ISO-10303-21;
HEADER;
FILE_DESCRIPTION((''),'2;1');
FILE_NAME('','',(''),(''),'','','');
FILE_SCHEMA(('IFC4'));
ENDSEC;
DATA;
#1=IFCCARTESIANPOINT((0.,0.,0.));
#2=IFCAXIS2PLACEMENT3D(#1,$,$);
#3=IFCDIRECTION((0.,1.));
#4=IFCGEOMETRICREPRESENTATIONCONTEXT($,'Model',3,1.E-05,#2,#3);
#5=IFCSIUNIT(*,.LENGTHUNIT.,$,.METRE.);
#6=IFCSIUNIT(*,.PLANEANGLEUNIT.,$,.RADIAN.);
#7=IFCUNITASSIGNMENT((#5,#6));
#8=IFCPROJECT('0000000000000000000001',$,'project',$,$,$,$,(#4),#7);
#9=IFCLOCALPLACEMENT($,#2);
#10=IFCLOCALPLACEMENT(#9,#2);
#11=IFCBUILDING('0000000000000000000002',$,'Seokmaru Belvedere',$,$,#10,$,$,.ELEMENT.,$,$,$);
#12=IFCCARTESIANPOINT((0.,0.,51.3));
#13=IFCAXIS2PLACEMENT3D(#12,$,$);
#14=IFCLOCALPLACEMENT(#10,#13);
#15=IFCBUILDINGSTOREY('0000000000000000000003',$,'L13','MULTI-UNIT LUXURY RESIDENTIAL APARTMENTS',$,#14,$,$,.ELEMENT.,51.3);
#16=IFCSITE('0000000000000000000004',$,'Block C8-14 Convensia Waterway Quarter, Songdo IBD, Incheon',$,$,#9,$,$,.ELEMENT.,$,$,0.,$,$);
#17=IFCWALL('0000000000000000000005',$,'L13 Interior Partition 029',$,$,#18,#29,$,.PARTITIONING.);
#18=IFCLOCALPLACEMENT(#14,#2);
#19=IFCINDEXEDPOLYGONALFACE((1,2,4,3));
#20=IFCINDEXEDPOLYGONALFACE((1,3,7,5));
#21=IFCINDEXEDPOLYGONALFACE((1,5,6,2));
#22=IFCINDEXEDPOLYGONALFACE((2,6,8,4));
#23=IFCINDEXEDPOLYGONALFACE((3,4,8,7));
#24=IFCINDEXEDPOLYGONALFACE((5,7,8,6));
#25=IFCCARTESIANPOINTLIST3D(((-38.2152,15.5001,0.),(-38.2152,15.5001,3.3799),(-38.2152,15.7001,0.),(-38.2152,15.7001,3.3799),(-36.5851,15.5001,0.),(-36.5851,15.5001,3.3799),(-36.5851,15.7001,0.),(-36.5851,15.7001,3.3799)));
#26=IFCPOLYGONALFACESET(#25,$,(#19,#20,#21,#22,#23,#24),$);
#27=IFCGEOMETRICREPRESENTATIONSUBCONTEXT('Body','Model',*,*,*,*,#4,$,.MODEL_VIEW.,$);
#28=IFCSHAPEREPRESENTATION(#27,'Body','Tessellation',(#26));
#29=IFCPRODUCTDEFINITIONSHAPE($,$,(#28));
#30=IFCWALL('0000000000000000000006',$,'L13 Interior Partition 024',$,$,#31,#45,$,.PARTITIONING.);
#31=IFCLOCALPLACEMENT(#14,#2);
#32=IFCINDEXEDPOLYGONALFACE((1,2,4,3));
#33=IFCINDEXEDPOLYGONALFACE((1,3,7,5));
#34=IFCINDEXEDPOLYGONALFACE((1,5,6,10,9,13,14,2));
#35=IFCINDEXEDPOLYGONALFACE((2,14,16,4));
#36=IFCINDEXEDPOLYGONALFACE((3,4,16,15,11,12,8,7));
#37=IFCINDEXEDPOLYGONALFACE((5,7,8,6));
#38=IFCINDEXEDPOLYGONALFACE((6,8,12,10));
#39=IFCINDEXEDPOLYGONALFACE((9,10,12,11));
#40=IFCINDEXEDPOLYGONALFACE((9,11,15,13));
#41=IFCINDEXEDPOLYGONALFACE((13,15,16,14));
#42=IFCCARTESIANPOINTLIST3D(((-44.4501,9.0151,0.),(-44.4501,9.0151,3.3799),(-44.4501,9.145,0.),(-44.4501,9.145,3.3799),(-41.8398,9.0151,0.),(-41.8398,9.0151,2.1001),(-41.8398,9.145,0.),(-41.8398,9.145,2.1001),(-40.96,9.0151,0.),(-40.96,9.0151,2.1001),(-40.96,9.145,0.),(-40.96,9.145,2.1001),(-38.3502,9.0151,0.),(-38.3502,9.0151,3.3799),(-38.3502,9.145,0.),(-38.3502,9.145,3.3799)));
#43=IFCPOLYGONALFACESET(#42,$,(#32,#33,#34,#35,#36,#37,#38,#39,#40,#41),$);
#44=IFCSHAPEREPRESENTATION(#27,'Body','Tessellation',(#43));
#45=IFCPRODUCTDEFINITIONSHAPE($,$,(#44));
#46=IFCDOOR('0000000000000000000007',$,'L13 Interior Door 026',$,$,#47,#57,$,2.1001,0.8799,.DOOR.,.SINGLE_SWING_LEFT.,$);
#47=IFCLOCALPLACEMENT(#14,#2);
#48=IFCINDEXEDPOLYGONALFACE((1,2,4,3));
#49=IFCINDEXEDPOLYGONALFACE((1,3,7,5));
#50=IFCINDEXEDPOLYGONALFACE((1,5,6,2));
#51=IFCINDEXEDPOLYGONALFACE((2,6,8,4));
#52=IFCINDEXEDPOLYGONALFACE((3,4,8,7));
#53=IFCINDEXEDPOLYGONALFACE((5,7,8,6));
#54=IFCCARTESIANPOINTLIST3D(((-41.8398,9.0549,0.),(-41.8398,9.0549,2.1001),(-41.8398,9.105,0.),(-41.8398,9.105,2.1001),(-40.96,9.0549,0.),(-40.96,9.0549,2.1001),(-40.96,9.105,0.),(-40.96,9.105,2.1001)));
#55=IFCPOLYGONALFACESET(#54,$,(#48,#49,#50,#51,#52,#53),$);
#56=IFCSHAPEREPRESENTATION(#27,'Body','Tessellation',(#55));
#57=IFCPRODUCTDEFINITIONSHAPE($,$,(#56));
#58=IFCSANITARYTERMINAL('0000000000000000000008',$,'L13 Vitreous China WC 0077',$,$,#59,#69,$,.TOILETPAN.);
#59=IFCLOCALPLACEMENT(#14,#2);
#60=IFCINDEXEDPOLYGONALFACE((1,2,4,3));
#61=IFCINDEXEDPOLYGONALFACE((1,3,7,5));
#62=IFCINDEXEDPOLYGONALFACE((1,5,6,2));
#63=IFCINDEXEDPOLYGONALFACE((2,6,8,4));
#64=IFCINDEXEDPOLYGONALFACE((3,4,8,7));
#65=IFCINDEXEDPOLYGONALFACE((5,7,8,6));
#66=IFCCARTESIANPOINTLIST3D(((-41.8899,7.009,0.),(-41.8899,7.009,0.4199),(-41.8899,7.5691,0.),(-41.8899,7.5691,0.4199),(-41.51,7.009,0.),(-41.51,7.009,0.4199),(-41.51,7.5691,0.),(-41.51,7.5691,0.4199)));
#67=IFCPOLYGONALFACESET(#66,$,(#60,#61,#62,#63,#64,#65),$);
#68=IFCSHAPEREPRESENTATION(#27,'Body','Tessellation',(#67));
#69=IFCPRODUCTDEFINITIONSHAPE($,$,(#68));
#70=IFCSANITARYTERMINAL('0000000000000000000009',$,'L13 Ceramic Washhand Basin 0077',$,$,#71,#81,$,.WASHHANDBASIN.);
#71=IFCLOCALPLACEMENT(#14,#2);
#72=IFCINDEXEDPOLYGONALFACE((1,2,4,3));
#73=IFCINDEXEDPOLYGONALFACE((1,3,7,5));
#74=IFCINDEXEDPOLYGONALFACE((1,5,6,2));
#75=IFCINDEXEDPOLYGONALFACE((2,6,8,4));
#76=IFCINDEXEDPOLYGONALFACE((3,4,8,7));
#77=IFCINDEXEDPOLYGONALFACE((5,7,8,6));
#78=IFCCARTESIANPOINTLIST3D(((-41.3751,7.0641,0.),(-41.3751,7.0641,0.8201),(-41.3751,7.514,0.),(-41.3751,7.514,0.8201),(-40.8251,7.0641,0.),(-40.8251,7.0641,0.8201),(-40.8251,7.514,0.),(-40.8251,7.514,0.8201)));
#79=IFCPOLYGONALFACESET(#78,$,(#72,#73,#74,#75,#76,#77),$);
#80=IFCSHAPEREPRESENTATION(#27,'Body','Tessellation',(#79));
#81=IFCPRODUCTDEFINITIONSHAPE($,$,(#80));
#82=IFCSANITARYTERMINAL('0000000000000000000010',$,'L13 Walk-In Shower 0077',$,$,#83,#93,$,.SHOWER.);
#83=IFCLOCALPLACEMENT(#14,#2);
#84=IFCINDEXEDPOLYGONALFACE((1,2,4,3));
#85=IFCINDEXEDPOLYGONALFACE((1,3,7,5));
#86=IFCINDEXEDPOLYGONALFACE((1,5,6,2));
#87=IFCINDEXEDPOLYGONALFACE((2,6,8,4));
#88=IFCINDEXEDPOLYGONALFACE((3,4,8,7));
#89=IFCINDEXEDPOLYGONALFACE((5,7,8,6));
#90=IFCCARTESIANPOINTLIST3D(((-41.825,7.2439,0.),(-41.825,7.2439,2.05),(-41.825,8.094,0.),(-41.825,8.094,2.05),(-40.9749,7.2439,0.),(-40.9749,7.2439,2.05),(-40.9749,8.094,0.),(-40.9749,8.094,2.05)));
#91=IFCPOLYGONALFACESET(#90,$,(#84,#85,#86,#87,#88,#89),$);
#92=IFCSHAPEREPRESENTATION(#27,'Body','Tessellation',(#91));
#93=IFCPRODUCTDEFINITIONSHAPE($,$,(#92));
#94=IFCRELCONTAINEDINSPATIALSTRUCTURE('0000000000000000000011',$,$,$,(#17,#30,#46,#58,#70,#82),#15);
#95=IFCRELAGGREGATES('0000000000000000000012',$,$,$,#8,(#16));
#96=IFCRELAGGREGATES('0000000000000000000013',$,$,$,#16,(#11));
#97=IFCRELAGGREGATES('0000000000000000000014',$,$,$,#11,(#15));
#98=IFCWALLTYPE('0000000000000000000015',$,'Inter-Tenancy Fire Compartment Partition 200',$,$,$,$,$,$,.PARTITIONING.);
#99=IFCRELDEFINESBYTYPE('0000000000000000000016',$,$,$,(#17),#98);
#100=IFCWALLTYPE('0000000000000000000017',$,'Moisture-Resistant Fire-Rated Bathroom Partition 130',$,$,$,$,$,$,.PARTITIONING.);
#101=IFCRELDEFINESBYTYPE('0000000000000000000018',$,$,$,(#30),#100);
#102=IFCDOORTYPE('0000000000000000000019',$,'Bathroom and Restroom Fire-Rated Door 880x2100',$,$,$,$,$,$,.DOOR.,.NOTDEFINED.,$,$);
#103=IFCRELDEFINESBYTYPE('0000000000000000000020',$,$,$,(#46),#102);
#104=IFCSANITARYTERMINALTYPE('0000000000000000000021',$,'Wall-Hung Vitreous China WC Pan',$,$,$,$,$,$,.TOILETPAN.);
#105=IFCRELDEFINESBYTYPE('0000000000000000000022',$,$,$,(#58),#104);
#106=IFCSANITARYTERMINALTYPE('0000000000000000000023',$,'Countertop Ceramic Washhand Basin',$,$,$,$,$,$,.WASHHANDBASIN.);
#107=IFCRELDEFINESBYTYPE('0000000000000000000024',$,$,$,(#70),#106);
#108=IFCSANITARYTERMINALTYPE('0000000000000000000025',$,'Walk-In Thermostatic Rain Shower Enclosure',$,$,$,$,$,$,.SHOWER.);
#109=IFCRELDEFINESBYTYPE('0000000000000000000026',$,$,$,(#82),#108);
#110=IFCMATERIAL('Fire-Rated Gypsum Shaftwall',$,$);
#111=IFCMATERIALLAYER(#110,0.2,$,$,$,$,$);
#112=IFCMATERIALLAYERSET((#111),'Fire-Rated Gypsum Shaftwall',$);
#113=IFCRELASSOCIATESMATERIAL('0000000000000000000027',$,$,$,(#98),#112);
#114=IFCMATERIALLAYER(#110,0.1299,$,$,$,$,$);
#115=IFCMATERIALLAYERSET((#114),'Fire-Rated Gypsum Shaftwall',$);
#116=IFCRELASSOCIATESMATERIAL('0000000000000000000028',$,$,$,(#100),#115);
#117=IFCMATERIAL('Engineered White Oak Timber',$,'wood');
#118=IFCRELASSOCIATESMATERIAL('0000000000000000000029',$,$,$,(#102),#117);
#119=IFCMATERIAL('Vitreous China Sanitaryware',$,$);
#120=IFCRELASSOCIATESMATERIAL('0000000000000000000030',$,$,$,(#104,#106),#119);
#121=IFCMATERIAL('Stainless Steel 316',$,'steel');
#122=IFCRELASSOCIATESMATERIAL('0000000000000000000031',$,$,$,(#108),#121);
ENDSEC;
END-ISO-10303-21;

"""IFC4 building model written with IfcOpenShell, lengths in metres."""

from ifc_helpers import new_model, si_unit, direction, frame, frame_2d, origin, origin_2d, place, context, subcontext, project, spatial, rectangle, extrude, source, transform, mapped, material, layer, layer_set, type_object, type_shapes, element, fill, save


model = new_model("IFC4")

# Units and contexts
model_context = context("Model", 3, precision=1e-05, world=origin(), true_north=direction((0.0, 1.0)))
body_context = subcontext(model_context, "Body", "Model", "MODEL_VIEW")
ifc_project = project(units=[si_unit("LENGTHUNIT", "METRE"), si_unit("PLANEANGLEUNIT", "RADIAN")], contexts=[model_context])

# Site, building, storey
site_placement = place(None, origin())
site = spatial("IfcSite", under=ifc_project, at=site_placement, Name="Block C8-14 Convensia Waterway Quarter, Songdo IBD, Incheon", CompositionType="ELEMENT", RefElevation=0.0)
building_placement = place(site_placement, origin())
building = spatial("IfcBuilding", under=site, at=building_placement, Name="Seokmaru Belvedere", CompositionType="ELEMENT")
storey_placement = place(building_placement, frame((0.0, 0.0, 51.3)))
storey = spatial("IfcBuildingStorey", under=building, at=storey_placement, Name="L13", Description="MULTI-UNIT LUXURY RESIDENTIAL APARTMENTS", CompositionType="ELEMENT", Elevation=51.3)

# Shared definitions
ifc_material_1 = material(Name="Fire-Rated Gypsum Shaftwall")

# Wall
ifc_layer_1 = layer(ifc_material_1, 0.2)
ifc_layer_set_1 = layer_set([ifc_layer_1], Name="Fire-Rated Gypsum Shaftwall")
wall_type_1 = type_object("IfcWallType", Name="Inter-Tenancy Fire Compartment Partition 200", PredefinedType="PARTITIONING", material=ifc_layer_set_1)
wall_1_placement = place(storey_placement, frame((-38.2151, 15.6001, 0.0), z_axis=(0.0, 0.0, 1.0), x_axis=(1.0, 0.0, 0.0)))
element("IfcWall", 1, at=wall_1_placement, inside=storey, type_object=wall_type_1, Name="L13 Interior Partition 029", PredefinedType="PARTITIONING", context=body_context, shape_type="SweptSolid", body=[
    extrude(rectangle(XDim=1.6301, YDim=0.2, at=frame_2d((0.8149, 0.0))), origin(), (0.0, 0.0, 1.0), 3.3799),
])

# Wall, opening, door
ifc_layer_2 = layer(ifc_material_1, 0.1299)
ifc_layer_set_2 = layer_set([ifc_layer_2], Name="Fire-Rated Gypsum Shaftwall")
wall_type_2 = type_object("IfcWallType", Name="Moisture-Resistant Fire-Rated Bathroom Partition 130", PredefinedType="PARTITIONING", material=ifc_layer_set_2)
wall_2_placement = place(storey_placement, frame((-44.45, 9.0801, 0.0), z_axis=(0.0, 0.0, 1.0), x_axis=(1.0, 0.0, 0.0)))
wall_2 = element("IfcWall", 2, at=wall_2_placement, inside=storey, type_object=wall_type_2, Name="L13 Interior Partition 024", PredefinedType="PARTITIONING", context=body_context, shape_type="SweptSolid", body=[
    extrude(rectangle(XDim=6.0999, YDim=0.1299, at=frame_2d((3.0498, 0.0))), origin(), (0.0, 0.0, 1.0), 3.3799),
])
opening_1_placement = place(wall_2_placement, frame((2.6101, 0.0, 0.0)))
opening_1 = element("IfcOpeningElement", 3, at=opening_1_placement, cuts=wall_2, PredefinedType="OPENING", context=body_context, shape_type="SweptSolid", body=[
    extrude(rectangle(XDim=0.8799, YDim=2.1001, at=frame_2d((0.4399, 1.05))), frame((0.0, 0.075, 0.0), z_axis=(0.0, -1.0, 0.0), x_axis=(1.0, 0.0, 0.0)), (0.0, 0.0, 1.0), 0.1499),
])
ifc_material_2 = material(Name="Engineered White Oak Timber", Category="wood")
door_type = type_object("IfcDoorType", Name="Bathroom and Restroom Fire-Rated Door 880x2100", OperationType="NOTDEFINED", PredefinedType="DOOR", material=ifc_material_2)
shared_shape_1 = source(origin(), body_context, "Body", "SweptSolid", [
    extrude(rectangle(XDim=0.8799, YDim=2.1001, at=frame_2d((0.4399, 1.05))), frame((0.0, 0.0249, 0.0), z_axis=(0.0, -1.0, 0.0), x_axis=(1.0, 0.0, 0.0)), (0.0, 0.0, 1.0), 0.05),
])
type_shapes(door_type, [shared_shape_1])
door_placement = place(opening_1_placement, origin())
door = element("IfcDoor", 4, at=door_placement, inside=storey, type_object=door_type, Name="L13 Interior Door 026", OperationType="SINGLE_SWING_LEFT", OverallHeight=2.1001, OverallWidth=0.8799, PredefinedType="DOOR", context=body_context, shape_type="MappedRepresentation", body=[
    mapped(shared_shape_1, transform((0.0, 0.0, 0.0), scale=1.0)),
])
fill(opening_1, door)

# Sanitary terminals
ifc_material_3 = material(Name="Vitreous China Sanitaryware")
sanitary_terminal_type_1 = type_object("IfcSanitaryTerminalType", Name="Wall-Hung Vitreous China WC Pan", PredefinedType="TOILETPAN", material=ifc_material_3)
shared_shape_2 = source(origin(), body_context, "Body", "SweptSolid", [
    extrude(rectangle(XDim=0.3799, YDim=0.5601, at=origin_2d()), origin(), (0.0, 0.0, 1.0), 0.4199),
])
type_shapes(sanitary_terminal_type_1, [shared_shape_2])
sanitary_terminal_1_placement = place(storey_placement, frame((-41.7, 7.2891, 0.0), z_axis=(0.0, 0.0, 1.0), x_axis=(1.0, 0.0, 0.0)))
element("IfcSanitaryTerminal", 5, at=sanitary_terminal_1_placement, inside=storey, type_object=sanitary_terminal_type_1, Name="L13 Vitreous China WC 0077", PredefinedType="TOILETPAN", context=body_context, shape_type="MappedRepresentation", body=[
    mapped(shared_shape_2, transform((0.0, 0.0, 0.0), scale=1.0)),
])
sanitary_terminal_type_2 = type_object("IfcSanitaryTerminalType", Name="Countertop Ceramic Washhand Basin", PredefinedType="WASHHANDBASIN", material=ifc_material_3)
shared_shape_3 = source(origin(), body_context, "Body", "SweptSolid", [
    extrude(rectangle(XDim=0.55, YDim=0.45, at=origin_2d()), origin(), (0.0, 0.0, 1.0), 0.8201),
])
type_shapes(sanitary_terminal_type_2, [shared_shape_3])
sanitary_terminal_2_placement = place(storey_placement, frame((-41.1001, 7.2891, 0.0), z_axis=(0.0, 0.0, 1.0), x_axis=(1.0, 0.0, 0.0)))
element("IfcSanitaryTerminal", 6, at=sanitary_terminal_2_placement, inside=storey, type_object=sanitary_terminal_type_2, Name="L13 Ceramic Washhand Basin 0077", PredefinedType="WASHHANDBASIN", context=body_context, shape_type="MappedRepresentation", body=[
    mapped(shared_shape_3, transform((0.0, 0.0, 0.0), scale=1.0)),
])
ifc_material_4 = material(Name="Stainless Steel 316", Category="steel")
sanitary_terminal_type_3 = type_object("IfcSanitaryTerminalType", Name="Walk-In Thermostatic Rain Shower Enclosure", PredefinedType="SHOWER", material=ifc_material_4)
shared_shape_4 = source(origin(), body_context, "Body", "SweptSolid", [
    extrude(rectangle(XDim=0.8501, YDim=0.8501, at=origin_2d()), origin(), (0.0, 0.0, 1.0), 2.05),
])
type_shapes(sanitary_terminal_type_3, [shared_shape_4])
sanitary_terminal_3_placement = place(storey_placement, frame((-41.3999, 7.6689, 0.0), z_axis=(0.0, 0.0, 1.0), x_axis=(1.0, 0.0, 0.0)))
element("IfcSanitaryTerminal", 7, at=sanitary_terminal_3_placement, inside=storey, type_object=sanitary_terminal_type_3, Name="L13 Walk-In Shower 0077", PredefinedType="SHOWER", context=body_context, shape_type="MappedRepresentation", body=[
    mapped(shared_shape_4, transform((0.0, 0.0, 0.0), scale=1.0)),
])

save(model, "model.ifc")
